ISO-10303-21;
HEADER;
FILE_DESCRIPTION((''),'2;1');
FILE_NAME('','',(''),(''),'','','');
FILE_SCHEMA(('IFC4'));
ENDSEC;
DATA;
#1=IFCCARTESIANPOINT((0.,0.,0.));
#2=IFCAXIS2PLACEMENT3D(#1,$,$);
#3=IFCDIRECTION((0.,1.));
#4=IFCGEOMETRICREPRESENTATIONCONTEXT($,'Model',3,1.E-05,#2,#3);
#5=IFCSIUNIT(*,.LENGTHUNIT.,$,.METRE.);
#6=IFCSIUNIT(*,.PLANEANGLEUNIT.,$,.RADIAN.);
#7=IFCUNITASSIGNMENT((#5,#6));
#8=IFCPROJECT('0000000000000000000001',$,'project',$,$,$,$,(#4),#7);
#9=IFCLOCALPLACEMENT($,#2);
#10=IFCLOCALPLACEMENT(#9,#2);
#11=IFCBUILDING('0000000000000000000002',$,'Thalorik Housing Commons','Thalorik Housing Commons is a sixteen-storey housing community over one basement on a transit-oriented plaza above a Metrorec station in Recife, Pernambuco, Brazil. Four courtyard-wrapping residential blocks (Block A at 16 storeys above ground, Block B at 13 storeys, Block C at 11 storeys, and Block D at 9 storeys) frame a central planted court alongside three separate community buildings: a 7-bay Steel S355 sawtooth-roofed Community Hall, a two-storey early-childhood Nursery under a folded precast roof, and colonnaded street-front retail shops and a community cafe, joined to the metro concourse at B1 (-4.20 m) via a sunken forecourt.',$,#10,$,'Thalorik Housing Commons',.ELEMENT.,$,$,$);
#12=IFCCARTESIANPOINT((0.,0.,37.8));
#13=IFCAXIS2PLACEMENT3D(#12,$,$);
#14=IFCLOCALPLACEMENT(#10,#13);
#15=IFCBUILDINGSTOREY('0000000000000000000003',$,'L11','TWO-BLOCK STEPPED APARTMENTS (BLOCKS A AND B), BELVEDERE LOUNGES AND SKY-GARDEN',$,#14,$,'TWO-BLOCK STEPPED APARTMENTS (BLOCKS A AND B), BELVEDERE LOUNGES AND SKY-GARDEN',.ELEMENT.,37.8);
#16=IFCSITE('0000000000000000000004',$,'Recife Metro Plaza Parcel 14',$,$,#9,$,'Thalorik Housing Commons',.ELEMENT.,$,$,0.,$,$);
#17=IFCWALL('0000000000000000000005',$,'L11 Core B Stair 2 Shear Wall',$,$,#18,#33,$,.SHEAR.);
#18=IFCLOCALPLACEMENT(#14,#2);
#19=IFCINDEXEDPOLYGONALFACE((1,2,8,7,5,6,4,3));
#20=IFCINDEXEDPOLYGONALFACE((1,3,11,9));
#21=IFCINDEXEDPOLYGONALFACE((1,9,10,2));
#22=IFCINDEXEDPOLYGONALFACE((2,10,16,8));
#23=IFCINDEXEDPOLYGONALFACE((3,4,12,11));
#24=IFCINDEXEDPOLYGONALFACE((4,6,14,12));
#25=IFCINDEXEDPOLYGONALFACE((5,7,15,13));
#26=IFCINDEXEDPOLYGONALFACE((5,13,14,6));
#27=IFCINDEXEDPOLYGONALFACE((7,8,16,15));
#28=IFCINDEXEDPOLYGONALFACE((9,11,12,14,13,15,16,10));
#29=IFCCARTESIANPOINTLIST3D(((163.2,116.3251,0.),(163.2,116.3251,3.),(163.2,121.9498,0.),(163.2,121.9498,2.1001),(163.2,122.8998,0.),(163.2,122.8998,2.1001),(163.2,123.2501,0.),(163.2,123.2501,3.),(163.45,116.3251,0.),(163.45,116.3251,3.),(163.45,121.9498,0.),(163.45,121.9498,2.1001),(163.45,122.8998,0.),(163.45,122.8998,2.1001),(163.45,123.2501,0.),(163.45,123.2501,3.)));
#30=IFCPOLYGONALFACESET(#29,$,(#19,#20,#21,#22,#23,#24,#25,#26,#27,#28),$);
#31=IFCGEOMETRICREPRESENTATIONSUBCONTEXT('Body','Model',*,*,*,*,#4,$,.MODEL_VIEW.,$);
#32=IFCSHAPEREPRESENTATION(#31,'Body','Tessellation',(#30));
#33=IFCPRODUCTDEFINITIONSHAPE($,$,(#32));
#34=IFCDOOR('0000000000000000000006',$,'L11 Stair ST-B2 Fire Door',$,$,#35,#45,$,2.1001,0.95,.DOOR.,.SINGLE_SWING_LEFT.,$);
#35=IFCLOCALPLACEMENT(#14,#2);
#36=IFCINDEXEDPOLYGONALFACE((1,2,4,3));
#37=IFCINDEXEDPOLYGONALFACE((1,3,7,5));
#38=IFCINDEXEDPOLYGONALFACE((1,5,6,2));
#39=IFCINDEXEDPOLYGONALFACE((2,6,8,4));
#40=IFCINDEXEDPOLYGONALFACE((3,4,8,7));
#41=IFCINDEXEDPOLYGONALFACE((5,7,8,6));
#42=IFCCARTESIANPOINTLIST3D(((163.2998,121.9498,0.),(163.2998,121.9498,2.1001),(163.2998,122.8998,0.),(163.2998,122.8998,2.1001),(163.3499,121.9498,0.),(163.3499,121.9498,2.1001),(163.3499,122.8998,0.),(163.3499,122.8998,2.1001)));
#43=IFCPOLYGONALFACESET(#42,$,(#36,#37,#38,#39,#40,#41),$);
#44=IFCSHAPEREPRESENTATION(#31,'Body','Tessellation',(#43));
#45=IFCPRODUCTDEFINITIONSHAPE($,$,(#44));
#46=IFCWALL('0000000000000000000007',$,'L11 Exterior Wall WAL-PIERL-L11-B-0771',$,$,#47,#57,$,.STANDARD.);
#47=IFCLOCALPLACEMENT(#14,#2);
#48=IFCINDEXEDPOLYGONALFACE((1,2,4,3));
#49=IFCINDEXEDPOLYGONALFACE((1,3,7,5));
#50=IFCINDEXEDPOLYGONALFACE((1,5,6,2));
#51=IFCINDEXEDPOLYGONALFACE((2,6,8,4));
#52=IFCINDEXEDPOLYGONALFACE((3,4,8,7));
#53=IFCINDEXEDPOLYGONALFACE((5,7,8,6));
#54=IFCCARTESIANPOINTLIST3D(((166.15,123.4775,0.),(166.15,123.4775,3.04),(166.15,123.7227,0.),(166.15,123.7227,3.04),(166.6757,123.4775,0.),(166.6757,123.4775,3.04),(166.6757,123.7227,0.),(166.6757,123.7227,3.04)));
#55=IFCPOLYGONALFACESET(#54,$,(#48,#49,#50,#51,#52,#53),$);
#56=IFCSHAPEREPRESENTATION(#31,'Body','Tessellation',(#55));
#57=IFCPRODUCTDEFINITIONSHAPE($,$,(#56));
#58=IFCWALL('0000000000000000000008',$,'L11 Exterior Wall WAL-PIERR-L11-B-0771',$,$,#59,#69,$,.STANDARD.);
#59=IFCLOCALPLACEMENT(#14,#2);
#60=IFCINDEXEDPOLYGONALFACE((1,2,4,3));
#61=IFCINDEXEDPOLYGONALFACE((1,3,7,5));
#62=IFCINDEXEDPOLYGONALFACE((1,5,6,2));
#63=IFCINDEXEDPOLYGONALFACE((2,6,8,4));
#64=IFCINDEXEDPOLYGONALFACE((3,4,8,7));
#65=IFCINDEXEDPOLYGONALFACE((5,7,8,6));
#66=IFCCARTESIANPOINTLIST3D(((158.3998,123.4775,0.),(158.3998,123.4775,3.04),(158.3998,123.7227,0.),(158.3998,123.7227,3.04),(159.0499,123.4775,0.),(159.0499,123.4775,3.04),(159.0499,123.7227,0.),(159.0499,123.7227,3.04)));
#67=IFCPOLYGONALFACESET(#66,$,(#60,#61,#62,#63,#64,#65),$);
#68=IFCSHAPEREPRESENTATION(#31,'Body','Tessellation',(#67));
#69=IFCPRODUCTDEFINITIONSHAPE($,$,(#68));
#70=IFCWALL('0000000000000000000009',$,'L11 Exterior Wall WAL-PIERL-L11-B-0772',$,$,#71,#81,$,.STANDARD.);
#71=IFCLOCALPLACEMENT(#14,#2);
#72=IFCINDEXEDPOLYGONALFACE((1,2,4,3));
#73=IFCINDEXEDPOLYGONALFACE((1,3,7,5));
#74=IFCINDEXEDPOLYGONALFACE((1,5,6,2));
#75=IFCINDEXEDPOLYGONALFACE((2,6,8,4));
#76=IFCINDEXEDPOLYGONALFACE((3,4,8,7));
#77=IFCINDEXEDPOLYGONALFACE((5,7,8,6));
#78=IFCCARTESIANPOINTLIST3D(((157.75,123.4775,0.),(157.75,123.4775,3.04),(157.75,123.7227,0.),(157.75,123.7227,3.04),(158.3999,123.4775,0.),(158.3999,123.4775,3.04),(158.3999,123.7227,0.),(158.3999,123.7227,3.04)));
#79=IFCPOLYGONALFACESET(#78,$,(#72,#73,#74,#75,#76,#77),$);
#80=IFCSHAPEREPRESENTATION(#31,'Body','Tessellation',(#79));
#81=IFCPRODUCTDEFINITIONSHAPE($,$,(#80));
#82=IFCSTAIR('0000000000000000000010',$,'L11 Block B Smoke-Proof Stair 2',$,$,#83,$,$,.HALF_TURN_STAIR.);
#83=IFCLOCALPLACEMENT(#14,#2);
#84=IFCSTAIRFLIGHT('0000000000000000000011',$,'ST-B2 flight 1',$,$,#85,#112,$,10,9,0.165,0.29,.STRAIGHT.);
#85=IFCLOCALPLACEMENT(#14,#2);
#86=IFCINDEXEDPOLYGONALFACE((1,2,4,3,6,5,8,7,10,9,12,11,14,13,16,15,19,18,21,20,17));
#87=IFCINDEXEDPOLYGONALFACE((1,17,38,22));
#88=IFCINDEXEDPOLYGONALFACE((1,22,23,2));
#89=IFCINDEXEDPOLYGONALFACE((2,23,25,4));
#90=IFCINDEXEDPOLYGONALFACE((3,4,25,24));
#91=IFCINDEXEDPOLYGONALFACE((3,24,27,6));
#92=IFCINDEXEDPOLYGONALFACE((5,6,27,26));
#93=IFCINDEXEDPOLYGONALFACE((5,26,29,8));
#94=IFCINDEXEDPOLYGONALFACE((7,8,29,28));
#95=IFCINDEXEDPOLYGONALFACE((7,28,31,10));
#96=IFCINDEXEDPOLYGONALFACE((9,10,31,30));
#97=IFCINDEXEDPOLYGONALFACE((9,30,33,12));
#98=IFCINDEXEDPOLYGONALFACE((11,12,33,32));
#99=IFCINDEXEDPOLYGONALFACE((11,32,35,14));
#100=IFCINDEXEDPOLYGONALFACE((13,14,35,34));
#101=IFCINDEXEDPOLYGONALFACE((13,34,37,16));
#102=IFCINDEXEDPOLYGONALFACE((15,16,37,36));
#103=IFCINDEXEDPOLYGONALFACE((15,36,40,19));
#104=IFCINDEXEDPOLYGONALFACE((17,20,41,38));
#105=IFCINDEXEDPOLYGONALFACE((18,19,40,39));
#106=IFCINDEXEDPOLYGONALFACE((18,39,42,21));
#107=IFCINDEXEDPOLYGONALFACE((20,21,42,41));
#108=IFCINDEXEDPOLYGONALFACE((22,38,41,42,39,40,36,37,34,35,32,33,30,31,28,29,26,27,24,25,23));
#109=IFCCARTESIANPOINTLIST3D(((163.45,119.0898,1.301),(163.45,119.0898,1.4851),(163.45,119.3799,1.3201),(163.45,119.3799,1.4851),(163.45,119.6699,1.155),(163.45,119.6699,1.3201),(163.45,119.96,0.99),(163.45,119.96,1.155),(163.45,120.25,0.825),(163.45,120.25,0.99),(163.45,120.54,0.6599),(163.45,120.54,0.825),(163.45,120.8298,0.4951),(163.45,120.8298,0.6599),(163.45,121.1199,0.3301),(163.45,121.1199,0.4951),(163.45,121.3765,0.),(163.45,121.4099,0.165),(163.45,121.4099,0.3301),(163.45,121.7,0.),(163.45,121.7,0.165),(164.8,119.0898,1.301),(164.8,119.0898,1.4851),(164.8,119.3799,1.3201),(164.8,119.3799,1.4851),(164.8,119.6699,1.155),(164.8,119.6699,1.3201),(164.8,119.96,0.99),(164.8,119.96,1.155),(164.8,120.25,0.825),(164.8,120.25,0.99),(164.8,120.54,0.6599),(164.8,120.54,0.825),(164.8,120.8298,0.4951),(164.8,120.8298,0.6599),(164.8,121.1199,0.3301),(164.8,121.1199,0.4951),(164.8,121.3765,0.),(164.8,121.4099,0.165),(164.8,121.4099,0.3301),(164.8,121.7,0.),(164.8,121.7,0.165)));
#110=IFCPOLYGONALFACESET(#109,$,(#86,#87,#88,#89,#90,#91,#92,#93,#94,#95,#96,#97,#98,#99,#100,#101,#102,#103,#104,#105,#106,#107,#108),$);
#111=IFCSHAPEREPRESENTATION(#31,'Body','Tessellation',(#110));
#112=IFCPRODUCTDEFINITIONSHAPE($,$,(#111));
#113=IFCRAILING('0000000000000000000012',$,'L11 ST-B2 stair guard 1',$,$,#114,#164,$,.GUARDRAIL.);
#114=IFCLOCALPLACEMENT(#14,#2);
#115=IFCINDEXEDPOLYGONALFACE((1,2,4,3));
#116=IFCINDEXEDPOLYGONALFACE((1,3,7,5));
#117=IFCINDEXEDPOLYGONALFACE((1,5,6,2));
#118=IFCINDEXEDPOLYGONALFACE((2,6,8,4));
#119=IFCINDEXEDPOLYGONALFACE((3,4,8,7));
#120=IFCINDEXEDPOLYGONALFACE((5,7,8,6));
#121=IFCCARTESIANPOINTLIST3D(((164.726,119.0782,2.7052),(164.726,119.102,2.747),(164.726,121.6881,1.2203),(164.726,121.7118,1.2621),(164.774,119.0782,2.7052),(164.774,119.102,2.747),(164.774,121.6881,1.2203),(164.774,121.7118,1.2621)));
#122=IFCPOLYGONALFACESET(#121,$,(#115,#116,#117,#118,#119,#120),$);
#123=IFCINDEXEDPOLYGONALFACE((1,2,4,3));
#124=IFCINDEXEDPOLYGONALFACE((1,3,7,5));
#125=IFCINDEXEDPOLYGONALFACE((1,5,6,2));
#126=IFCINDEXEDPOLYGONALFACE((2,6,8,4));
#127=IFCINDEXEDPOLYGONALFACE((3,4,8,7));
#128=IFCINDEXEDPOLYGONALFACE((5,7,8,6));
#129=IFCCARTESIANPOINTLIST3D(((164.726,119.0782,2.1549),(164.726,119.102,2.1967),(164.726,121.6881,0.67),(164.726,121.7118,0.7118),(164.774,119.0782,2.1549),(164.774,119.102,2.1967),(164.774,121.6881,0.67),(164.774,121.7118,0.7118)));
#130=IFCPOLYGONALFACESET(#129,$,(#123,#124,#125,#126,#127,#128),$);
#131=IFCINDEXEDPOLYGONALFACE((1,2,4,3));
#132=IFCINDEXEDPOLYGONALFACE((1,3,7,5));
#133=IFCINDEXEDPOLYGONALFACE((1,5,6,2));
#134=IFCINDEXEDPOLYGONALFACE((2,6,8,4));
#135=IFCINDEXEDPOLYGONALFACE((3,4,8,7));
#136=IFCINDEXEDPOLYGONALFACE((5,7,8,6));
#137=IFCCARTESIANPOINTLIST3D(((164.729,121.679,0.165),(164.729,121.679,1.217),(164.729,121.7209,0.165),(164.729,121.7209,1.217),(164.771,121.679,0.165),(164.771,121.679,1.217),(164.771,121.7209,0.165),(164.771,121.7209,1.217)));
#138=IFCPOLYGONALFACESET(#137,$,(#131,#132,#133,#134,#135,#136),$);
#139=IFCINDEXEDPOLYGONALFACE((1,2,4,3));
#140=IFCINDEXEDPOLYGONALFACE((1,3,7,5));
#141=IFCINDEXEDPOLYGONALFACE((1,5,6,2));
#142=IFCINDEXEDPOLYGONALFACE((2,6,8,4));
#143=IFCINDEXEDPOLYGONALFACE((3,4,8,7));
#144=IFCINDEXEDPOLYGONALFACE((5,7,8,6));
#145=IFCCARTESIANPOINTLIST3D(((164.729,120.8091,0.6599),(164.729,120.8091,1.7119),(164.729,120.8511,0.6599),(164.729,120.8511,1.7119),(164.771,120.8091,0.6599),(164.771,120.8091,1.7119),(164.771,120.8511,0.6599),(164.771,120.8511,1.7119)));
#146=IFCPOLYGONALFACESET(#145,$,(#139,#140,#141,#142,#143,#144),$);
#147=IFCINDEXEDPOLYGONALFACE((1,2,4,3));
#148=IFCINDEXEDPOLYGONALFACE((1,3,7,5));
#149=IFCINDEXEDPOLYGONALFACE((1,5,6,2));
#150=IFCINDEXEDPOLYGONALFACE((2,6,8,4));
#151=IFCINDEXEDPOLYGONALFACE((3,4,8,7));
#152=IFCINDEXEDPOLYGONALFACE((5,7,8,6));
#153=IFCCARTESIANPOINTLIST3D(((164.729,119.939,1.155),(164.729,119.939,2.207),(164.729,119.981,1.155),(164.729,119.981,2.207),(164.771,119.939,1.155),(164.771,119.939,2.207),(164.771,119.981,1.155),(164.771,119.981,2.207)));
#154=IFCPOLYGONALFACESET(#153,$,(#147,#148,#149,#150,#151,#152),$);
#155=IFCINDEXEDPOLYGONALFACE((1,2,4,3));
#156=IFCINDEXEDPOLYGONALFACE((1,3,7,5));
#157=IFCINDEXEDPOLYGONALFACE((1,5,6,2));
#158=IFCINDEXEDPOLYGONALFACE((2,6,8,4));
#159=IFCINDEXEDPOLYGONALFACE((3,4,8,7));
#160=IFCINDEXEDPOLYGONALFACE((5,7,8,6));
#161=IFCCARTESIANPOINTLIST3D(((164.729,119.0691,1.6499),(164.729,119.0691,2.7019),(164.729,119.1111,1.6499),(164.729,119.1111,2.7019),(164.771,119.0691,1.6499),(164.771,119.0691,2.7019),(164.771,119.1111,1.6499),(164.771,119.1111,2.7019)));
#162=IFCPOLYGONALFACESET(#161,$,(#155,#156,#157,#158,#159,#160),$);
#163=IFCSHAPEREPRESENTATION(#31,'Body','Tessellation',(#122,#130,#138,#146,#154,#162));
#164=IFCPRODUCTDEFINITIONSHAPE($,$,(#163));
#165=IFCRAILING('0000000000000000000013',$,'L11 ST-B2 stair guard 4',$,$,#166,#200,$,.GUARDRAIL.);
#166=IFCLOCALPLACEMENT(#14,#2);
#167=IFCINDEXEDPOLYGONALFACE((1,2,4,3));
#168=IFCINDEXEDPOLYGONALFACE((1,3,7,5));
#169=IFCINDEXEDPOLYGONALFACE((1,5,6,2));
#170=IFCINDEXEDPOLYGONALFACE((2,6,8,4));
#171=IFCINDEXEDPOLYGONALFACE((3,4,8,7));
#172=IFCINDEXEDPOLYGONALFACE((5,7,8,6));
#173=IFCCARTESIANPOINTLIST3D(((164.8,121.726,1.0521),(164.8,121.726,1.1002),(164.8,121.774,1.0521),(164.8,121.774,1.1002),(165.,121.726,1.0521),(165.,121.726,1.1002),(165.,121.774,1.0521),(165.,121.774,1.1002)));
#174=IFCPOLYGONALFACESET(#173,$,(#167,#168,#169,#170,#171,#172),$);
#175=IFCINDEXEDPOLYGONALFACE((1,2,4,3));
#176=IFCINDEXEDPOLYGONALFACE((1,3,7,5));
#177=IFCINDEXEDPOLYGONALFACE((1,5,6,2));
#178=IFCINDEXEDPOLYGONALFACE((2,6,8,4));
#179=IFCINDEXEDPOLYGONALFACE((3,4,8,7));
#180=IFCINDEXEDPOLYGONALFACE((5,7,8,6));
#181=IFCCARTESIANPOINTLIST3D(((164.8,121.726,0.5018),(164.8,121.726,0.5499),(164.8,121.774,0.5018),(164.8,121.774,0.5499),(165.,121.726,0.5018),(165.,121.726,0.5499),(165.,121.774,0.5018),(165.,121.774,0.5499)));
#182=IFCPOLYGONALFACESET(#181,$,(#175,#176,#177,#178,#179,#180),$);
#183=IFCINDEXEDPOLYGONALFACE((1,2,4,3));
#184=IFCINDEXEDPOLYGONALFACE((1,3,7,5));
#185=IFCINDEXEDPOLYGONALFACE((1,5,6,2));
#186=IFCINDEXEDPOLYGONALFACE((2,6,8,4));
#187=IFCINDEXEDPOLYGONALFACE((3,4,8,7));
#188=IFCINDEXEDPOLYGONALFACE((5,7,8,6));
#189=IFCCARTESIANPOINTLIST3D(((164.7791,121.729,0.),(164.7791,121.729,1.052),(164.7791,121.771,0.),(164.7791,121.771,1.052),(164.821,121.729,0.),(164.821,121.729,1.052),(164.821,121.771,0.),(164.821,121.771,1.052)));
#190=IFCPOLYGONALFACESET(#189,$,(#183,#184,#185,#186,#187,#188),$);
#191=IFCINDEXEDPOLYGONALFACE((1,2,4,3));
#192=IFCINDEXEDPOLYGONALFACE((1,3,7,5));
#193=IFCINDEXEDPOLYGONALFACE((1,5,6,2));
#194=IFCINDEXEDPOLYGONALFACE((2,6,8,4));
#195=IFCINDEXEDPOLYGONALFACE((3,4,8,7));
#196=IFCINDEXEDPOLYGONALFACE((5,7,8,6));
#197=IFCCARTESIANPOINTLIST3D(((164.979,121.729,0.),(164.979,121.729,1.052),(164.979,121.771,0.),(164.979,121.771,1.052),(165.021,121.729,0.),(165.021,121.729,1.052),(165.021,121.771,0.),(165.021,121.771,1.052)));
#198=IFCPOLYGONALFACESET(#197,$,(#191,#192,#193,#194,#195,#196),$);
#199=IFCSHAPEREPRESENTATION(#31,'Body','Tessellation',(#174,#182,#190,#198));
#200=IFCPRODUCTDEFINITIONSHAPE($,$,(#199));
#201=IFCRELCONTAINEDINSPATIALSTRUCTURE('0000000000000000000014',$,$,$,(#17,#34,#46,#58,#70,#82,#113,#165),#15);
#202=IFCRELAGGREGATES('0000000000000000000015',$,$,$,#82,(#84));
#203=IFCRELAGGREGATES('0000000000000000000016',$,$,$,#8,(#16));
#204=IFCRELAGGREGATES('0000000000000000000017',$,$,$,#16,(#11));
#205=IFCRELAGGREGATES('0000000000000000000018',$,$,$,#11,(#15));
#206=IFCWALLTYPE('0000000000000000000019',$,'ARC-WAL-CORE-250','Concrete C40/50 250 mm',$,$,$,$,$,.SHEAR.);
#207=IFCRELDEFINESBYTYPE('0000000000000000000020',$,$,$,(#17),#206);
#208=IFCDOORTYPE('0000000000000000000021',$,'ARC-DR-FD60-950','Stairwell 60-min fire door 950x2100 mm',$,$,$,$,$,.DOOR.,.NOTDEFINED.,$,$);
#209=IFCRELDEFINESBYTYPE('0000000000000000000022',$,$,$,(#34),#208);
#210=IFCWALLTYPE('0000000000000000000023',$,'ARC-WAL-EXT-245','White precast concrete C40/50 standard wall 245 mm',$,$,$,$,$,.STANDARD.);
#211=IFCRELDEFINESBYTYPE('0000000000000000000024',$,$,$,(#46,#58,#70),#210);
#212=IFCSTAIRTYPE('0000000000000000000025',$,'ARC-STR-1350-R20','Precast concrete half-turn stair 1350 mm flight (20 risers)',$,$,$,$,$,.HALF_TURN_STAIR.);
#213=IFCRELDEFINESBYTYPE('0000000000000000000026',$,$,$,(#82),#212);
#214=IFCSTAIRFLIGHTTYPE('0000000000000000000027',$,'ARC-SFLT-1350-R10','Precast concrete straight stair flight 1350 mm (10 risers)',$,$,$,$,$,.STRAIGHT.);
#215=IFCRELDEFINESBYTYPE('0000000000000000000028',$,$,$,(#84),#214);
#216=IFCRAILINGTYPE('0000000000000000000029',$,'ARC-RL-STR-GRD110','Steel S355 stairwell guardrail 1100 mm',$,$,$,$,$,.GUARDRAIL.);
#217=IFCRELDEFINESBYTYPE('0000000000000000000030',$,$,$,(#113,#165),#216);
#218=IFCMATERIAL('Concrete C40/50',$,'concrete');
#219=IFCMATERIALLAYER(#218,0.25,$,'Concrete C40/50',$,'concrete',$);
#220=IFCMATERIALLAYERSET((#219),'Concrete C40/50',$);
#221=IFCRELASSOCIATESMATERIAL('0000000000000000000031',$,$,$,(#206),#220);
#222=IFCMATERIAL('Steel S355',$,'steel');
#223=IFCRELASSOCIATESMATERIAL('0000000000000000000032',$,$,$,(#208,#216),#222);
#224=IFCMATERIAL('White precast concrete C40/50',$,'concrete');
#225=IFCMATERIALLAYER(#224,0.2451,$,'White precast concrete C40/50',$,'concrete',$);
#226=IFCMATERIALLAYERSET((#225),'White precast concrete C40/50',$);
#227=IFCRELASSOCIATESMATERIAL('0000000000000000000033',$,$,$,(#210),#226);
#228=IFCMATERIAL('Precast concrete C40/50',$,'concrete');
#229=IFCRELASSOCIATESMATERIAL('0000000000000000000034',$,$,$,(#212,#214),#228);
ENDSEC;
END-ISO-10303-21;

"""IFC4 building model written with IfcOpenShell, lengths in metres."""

from ifc_helpers import new_model, si_unit, direction, frame, frame_2d, origin, origin_2d, place, context, subcontext, project, spatial, polyline, rectangle, outline, extrude, material, layer, layer_set, type_object, element, fill, aggregate, save


model = new_model("IFC4")

# Units and contexts
model_context = context("Model", 3, precision=1e-05, world=origin(), true_north=direction((0.0, 1.0)))
body_context = subcontext(model_context, "Body", "Model", "MODEL_VIEW")
ifc_project = project(units=[si_unit("LENGTHUNIT", "METRE"), si_unit("PLANEANGLEUNIT", "RADIAN")], contexts=[model_context])

# Site, building, storey
site_placement = place(None, origin())
site = spatial("IfcSite", under=ifc_project, at=site_placement, Name="Recife Metro Plaza Parcel 14", LongName="Thalorik Housing Commons", CompositionType="ELEMENT", RefElevation=0.0)
building_placement = place(site_placement, origin())
building = spatial("IfcBuilding", under=site, at=building_placement, Name="Thalorik Housing Commons", Description="Thalorik Housing Commons is a sixteen-storey housing community over one basement on a transit-oriented plaza above a Metrorec station in Recife, Pernambuco, Brazil. Four courtyard-wrapping residential blocks (Block A at 16 storeys above ground, Block B at 13 storeys, Block C at 11 storeys, and Block D at 9 storeys) frame a central planted court alongside three separate community buildings: a 7-bay Steel S355 sawtooth-roofed Community Hall, a two-storey early-childhood Nursery under a folded precast roof, and colonnaded street-front retail shops and a community cafe, joined to the metro concourse at B1 (-4.20 m) via a sunken forecourt.", LongName="Thalorik Housing Commons", CompositionType="ELEMENT")
storey_placement = place(building_placement, frame((0.0, 0.0, 37.8)))
storey = spatial("IfcBuildingStorey", under=building, at=storey_placement, Name="L11", Description="TWO-BLOCK STEPPED APARTMENTS (BLOCKS A AND B), BELVEDERE LOUNGES AND SKY-GARDEN", LongName="TWO-BLOCK STEPPED APARTMENTS (BLOCKS A AND B), BELVEDERE LOUNGES AND SKY-GARDEN", CompositionType="ELEMENT", Elevation=37.8)

# Shared definitions
ifc_material_1 = material(Name="Precast concrete C40/50", Category="concrete")

# Shared definitions
ifc_material_2 = material(Name="Concrete C40/50", Category="concrete")
ifc_layer_1 = layer(ifc_material_2, 0.25, Name="Concrete C40/50", Category="concrete")
ifc_layer_set_1 = layer_set([ifc_layer_1], Name="Concrete C40/50")
wall_type_1 = type_object("IfcWallType", Name="ARC-WAL-CORE-250", Description="Concrete C40/50 250 mm", PredefinedType="SHEAR", material=ifc_layer_set_1)

# Wall, opening, door
wall_1_placement = place(storey_placement, frame((163.325, 123.25, 0.0), z_axis=(0.0, 0.0, 1.0), x_axis=(0.0, -1.0, 0.0)))
wall_1 = element("IfcWall", 1, at=wall_1_placement, inside=storey, type_object=wall_type_1, Name="L11 Core B Stair 2 Shear Wall", PredefinedType="SHEAR", context=body_context, shape_type="SweptSolid", body=[
    extrude(rectangle(XDim=6.925, YDim=0.25, at=frame_2d((3.4624, 0.0))), origin(), (0.0, 0.0, 1.0), 3.0),
])
opening_placement = place(wall_1_placement, frame((0.3501, 0.0, 0.0)))
opening = element("IfcOpeningElement", 2, at=opening_placement, cuts=wall_1, PredefinedType="OPENING", context=body_context, shape_type="SweptSolid", body=[
    extrude(rectangle(XDim=0.95, YDim=2.1001, at=frame_2d((0.4751, 1.05))), frame((0.0, 0.135, 0.0), z_axis=(0.0, -1.0, 0.0), x_axis=(1.0, 0.0, 0.0)), (0.0, 0.0, 1.0), 0.27),
])
ifc_material_3 = material(Name="Steel S355", Category="steel")
door_type = type_object("IfcDoorType", Name="ARC-DR-FD60-950", Description="Stairwell 60-min fire door 950x2100 mm", OperationType="NOTDEFINED", PredefinedType="DOOR", material=ifc_material_3)
door_placement = place(opening_placement, origin())
door = element("IfcDoor", 3, at=door_placement, inside=storey, type_object=door_type, Name="L11 Stair ST-B2 Fire Door", OperationType="SINGLE_SWING_LEFT", OverallHeight=2.1001, OverallWidth=0.95, PredefinedType="DOOR", context=body_context, shape_type="SweptSolid", body=[
    extrude(rectangle(XDim=0.95, YDim=2.1001, at=frame_2d((0.4751, 1.05))), frame((0.0, 0.0249, 0.0), z_axis=(0.0, -1.0, 0.0), x_axis=(1.0, 0.0, 0.0)), (0.0, 0.0, 1.0), 0.05),
])
fill(opening, door)

# Walls
ifc_material_4 = material(Name="White precast concrete C40/50", Category="concrete")
ifc_layer_2 = layer(ifc_material_4, 0.2451, Name="White precast concrete C40/50", Category="concrete")
ifc_layer_set_2 = layer_set([ifc_layer_2], Name="White precast concrete C40/50")
wall_type_2 = type_object("IfcWallType", Name="ARC-WAL-EXT-245", Description="White precast concrete C40/50 standard wall 245 mm", PredefinedType="STANDARD", material=ifc_layer_set_2)
wall_2_placement = place(storey_placement, frame((166.6755, 123.6001, 0.0), z_axis=(0.0, 0.0, 1.0), x_axis=(-1.0, 0.0, 0.0)))
element("IfcWall", 4, at=wall_2_placement, inside=storey, type_object=wall_type_2, Name="L11 Exterior Wall WAL-PIERL-L11-B-0771", PredefinedType="STANDARD", context=body_context, shape_type="SweptSolid", body=[
    extrude(rectangle(XDim=0.5256, YDim=0.2451, at=frame_2d((0.2627, 0.0))), origin(), (0.0, 0.0, 1.0), 3.04),
])
wall_3_placement = place(storey_placement, frame((159.05, 123.6001, 0.0), z_axis=(0.0, 0.0, 1.0), x_axis=(-1.0, 0.0, 0.0)))
element("IfcWall", 5, at=wall_3_placement, inside=storey, type_object=wall_type_2, Name="L11 Exterior Wall WAL-PIERR-L11-B-0771", PredefinedType="STANDARD", context=body_context, shape_type="SweptSolid", body=[
    extrude(rectangle(XDim=0.6501, YDim=0.2451, at=frame_2d((0.3252, 0.0))), origin(), (0.0, 0.0, 1.0), 3.04),
])
wall_4_placement = place(storey_placement, frame((158.3999, 123.6001, 0.0), z_axis=(0.0, 0.0, 1.0), x_axis=(-1.0, 0.0, 0.0)))
element("IfcWall", 6, at=wall_4_placement, inside=storey, type_object=wall_type_2, Name="L11 Exterior Wall WAL-PIERL-L11-B-0772", PredefinedType="STANDARD", context=body_context, shape_type="SweptSolid", body=[
    extrude(rectangle(XDim=0.6499, YDim=0.2451, at=frame_2d((0.325, 0.0))), origin(), (0.0, 0.0, 1.0), 3.04),
])

# Stair, stair flight
stair_type = type_object("IfcStairType", Name="ARC-STR-1350-R20", Description="Precast concrete half-turn stair 1350 mm flight (20 risers)", PredefinedType="HALF_TURN_STAIR", material=ifc_material_1)
stair_placement = place(storey_placement, origin())
stair = element("IfcStair", 7, at=stair_placement, inside=storey, type_object=stair_type, Name="L11 Block B Smoke-Proof Stair 2", PredefinedType="HALF_TURN_STAIR")
stair_flight_type = type_object("IfcStairFlightType", Name="ARC-SFLT-1350-R10", Description="Precast concrete straight stair flight 1350 mm (10 risers)", PredefinedType="STRAIGHT", material=ifc_material_1)
stair_flight_placement = place(storey_placement, frame((164.125, 121.7, 0.0), z_axis=(0.0, 0.0, 1.0), x_axis=(0.0, -1.0, 0.0)))
stair_flight = element("IfcStairFlight", 8, at=stair_flight_placement, type_object=stair_flight_type, Name="ST-B2 flight 1", NumberOfRisers=10, NumberOfTreads=9, PredefinedType="STRAIGHT", RiserHeight=0.165, TreadLength=0.29, context=body_context, shape_type="SweptSolid", body=[
    extrude(outline(polyline([(0.0, 0.0), (0.0, 0.165), (0.29, 0.165), (0.29, 0.3301), (0.5801, 0.3301), (0.5801, 0.4951), (0.8701, 0.4951), (0.8701, 0.6599), (1.1599, 0.6599), (1.1599, 0.825), (1.45, 0.825), (1.45, 0.99), (1.74, 0.99), (1.74, 1.155), (2.03, 1.155), (2.03, 1.3201), (2.3201, 1.3201), (2.3201, 1.4851), (2.6101, 1.4851), (2.6101, 1.6499), (2.6101, 1.301), (0.3235, 0.0), (0.0, 0.0)])), frame((0.0, 0.675, 0.0), z_axis=(0.0, -1.0, 0.0), x_axis=(1.0, 0.0, 0.0)), (0.0, 0.0, 1.0), 1.3501),
])
aggregate(stair, [stair_flight])

# Railings
railing_type_1 = type_object("IfcRailingType", Name="ARC-RL-STR-GRD110", Description="Steel S355 stairwell guardrail 1100 mm", PredefinedType="GUARDRAIL", material=ifc_material_3)
railing_1_placement = place(storey_placement, frame((164.75, 121.7, 0.165)))
element("IfcRailing", 9, at=railing_1_placement, inside=storey, type_object=railing_type_1, Name="L11 ST-B2 stair guard 1", PredefinedType="GUARDRAIL", context=body_context, shape_type="SweptSolid", body=[
    extrude(rectangle(XDim=0.0481, YDim=0.0481, at=origin_2d()), frame((0.0, 0.0, 1.0762), z_axis=(0.0, -0.869172, 0.494509), x_axis=(1.0, 0.0, 0.0)), (0.0, 0.0, 1.0), 3.0027),
    extrude(rectangle(XDim=0.0481, YDim=0.0481, at=origin_2d()), frame((0.0, 0.0, 0.5259), z_axis=(0.0, -0.869172, 0.494509), x_axis=(1.0, 0.0, 0.0)), (0.0, 0.0, 1.0), 3.0027),
    extrude(rectangle(XDim=0.042, YDim=0.042, at=origin_2d()), origin(), (0.0, 0.0, 1.0), 1.052),
    extrude(rectangle(XDim=0.042, YDim=0.042, at=origin_2d()), frame((0.0, -0.8699, 0.4949)), (0.0, 0.0, 1.0), 1.052),
    extrude(rectangle(XDim=0.042, YDim=0.042, at=origin_2d()), frame((0.0, -1.74, 0.99)), (0.0, 0.0, 1.0), 1.052),
    extrude(rectangle(XDim=0.042, YDim=0.042, at=origin_2d()), frame((0.0, -2.6099, 1.4849)), (0.0, 0.0, 1.0), 1.052),
])
railing_2_placement = place(storey_placement, frame((164.8, 121.75, 0.0)))
element("IfcRailing", 10, at=railing_2_placement, inside=storey, type_object=railing_type_1, Name="L11 ST-B2 stair guard 4", PredefinedType="GUARDRAIL", context=body_context, shape_type="SweptSolid", body=[
    extrude(rectangle(XDim=0.0481, YDim=0.0481, at=origin_2d()), frame((0.0, 0.0, 1.0762), z_axis=(1.0, 0.0, 0.0), x_axis=(0.0, 1.0, 0.0)), (0.0, 0.0, 1.0), 0.2),
    extrude(rectangle(XDim=0.0481, YDim=0.0481, at=origin_2d()), frame((0.0, 0.0, 0.5259), z_axis=(1.0, 0.0, 0.0), x_axis=(0.0, 1.0, 0.0)), (0.0, 0.0, 1.0), 0.2),
    extrude(rectangle(XDim=0.042, YDim=0.042, at=origin_2d()), origin(), (0.0, 0.0, 1.0), 1.052),
    extrude(rectangle(XDim=0.042, YDim=0.042, at=origin_2d()), frame((0.2, 0.0, 0.0)), (0.0, 0.0, 1.0), 1.052),
])

save(model, "model.ifc")
